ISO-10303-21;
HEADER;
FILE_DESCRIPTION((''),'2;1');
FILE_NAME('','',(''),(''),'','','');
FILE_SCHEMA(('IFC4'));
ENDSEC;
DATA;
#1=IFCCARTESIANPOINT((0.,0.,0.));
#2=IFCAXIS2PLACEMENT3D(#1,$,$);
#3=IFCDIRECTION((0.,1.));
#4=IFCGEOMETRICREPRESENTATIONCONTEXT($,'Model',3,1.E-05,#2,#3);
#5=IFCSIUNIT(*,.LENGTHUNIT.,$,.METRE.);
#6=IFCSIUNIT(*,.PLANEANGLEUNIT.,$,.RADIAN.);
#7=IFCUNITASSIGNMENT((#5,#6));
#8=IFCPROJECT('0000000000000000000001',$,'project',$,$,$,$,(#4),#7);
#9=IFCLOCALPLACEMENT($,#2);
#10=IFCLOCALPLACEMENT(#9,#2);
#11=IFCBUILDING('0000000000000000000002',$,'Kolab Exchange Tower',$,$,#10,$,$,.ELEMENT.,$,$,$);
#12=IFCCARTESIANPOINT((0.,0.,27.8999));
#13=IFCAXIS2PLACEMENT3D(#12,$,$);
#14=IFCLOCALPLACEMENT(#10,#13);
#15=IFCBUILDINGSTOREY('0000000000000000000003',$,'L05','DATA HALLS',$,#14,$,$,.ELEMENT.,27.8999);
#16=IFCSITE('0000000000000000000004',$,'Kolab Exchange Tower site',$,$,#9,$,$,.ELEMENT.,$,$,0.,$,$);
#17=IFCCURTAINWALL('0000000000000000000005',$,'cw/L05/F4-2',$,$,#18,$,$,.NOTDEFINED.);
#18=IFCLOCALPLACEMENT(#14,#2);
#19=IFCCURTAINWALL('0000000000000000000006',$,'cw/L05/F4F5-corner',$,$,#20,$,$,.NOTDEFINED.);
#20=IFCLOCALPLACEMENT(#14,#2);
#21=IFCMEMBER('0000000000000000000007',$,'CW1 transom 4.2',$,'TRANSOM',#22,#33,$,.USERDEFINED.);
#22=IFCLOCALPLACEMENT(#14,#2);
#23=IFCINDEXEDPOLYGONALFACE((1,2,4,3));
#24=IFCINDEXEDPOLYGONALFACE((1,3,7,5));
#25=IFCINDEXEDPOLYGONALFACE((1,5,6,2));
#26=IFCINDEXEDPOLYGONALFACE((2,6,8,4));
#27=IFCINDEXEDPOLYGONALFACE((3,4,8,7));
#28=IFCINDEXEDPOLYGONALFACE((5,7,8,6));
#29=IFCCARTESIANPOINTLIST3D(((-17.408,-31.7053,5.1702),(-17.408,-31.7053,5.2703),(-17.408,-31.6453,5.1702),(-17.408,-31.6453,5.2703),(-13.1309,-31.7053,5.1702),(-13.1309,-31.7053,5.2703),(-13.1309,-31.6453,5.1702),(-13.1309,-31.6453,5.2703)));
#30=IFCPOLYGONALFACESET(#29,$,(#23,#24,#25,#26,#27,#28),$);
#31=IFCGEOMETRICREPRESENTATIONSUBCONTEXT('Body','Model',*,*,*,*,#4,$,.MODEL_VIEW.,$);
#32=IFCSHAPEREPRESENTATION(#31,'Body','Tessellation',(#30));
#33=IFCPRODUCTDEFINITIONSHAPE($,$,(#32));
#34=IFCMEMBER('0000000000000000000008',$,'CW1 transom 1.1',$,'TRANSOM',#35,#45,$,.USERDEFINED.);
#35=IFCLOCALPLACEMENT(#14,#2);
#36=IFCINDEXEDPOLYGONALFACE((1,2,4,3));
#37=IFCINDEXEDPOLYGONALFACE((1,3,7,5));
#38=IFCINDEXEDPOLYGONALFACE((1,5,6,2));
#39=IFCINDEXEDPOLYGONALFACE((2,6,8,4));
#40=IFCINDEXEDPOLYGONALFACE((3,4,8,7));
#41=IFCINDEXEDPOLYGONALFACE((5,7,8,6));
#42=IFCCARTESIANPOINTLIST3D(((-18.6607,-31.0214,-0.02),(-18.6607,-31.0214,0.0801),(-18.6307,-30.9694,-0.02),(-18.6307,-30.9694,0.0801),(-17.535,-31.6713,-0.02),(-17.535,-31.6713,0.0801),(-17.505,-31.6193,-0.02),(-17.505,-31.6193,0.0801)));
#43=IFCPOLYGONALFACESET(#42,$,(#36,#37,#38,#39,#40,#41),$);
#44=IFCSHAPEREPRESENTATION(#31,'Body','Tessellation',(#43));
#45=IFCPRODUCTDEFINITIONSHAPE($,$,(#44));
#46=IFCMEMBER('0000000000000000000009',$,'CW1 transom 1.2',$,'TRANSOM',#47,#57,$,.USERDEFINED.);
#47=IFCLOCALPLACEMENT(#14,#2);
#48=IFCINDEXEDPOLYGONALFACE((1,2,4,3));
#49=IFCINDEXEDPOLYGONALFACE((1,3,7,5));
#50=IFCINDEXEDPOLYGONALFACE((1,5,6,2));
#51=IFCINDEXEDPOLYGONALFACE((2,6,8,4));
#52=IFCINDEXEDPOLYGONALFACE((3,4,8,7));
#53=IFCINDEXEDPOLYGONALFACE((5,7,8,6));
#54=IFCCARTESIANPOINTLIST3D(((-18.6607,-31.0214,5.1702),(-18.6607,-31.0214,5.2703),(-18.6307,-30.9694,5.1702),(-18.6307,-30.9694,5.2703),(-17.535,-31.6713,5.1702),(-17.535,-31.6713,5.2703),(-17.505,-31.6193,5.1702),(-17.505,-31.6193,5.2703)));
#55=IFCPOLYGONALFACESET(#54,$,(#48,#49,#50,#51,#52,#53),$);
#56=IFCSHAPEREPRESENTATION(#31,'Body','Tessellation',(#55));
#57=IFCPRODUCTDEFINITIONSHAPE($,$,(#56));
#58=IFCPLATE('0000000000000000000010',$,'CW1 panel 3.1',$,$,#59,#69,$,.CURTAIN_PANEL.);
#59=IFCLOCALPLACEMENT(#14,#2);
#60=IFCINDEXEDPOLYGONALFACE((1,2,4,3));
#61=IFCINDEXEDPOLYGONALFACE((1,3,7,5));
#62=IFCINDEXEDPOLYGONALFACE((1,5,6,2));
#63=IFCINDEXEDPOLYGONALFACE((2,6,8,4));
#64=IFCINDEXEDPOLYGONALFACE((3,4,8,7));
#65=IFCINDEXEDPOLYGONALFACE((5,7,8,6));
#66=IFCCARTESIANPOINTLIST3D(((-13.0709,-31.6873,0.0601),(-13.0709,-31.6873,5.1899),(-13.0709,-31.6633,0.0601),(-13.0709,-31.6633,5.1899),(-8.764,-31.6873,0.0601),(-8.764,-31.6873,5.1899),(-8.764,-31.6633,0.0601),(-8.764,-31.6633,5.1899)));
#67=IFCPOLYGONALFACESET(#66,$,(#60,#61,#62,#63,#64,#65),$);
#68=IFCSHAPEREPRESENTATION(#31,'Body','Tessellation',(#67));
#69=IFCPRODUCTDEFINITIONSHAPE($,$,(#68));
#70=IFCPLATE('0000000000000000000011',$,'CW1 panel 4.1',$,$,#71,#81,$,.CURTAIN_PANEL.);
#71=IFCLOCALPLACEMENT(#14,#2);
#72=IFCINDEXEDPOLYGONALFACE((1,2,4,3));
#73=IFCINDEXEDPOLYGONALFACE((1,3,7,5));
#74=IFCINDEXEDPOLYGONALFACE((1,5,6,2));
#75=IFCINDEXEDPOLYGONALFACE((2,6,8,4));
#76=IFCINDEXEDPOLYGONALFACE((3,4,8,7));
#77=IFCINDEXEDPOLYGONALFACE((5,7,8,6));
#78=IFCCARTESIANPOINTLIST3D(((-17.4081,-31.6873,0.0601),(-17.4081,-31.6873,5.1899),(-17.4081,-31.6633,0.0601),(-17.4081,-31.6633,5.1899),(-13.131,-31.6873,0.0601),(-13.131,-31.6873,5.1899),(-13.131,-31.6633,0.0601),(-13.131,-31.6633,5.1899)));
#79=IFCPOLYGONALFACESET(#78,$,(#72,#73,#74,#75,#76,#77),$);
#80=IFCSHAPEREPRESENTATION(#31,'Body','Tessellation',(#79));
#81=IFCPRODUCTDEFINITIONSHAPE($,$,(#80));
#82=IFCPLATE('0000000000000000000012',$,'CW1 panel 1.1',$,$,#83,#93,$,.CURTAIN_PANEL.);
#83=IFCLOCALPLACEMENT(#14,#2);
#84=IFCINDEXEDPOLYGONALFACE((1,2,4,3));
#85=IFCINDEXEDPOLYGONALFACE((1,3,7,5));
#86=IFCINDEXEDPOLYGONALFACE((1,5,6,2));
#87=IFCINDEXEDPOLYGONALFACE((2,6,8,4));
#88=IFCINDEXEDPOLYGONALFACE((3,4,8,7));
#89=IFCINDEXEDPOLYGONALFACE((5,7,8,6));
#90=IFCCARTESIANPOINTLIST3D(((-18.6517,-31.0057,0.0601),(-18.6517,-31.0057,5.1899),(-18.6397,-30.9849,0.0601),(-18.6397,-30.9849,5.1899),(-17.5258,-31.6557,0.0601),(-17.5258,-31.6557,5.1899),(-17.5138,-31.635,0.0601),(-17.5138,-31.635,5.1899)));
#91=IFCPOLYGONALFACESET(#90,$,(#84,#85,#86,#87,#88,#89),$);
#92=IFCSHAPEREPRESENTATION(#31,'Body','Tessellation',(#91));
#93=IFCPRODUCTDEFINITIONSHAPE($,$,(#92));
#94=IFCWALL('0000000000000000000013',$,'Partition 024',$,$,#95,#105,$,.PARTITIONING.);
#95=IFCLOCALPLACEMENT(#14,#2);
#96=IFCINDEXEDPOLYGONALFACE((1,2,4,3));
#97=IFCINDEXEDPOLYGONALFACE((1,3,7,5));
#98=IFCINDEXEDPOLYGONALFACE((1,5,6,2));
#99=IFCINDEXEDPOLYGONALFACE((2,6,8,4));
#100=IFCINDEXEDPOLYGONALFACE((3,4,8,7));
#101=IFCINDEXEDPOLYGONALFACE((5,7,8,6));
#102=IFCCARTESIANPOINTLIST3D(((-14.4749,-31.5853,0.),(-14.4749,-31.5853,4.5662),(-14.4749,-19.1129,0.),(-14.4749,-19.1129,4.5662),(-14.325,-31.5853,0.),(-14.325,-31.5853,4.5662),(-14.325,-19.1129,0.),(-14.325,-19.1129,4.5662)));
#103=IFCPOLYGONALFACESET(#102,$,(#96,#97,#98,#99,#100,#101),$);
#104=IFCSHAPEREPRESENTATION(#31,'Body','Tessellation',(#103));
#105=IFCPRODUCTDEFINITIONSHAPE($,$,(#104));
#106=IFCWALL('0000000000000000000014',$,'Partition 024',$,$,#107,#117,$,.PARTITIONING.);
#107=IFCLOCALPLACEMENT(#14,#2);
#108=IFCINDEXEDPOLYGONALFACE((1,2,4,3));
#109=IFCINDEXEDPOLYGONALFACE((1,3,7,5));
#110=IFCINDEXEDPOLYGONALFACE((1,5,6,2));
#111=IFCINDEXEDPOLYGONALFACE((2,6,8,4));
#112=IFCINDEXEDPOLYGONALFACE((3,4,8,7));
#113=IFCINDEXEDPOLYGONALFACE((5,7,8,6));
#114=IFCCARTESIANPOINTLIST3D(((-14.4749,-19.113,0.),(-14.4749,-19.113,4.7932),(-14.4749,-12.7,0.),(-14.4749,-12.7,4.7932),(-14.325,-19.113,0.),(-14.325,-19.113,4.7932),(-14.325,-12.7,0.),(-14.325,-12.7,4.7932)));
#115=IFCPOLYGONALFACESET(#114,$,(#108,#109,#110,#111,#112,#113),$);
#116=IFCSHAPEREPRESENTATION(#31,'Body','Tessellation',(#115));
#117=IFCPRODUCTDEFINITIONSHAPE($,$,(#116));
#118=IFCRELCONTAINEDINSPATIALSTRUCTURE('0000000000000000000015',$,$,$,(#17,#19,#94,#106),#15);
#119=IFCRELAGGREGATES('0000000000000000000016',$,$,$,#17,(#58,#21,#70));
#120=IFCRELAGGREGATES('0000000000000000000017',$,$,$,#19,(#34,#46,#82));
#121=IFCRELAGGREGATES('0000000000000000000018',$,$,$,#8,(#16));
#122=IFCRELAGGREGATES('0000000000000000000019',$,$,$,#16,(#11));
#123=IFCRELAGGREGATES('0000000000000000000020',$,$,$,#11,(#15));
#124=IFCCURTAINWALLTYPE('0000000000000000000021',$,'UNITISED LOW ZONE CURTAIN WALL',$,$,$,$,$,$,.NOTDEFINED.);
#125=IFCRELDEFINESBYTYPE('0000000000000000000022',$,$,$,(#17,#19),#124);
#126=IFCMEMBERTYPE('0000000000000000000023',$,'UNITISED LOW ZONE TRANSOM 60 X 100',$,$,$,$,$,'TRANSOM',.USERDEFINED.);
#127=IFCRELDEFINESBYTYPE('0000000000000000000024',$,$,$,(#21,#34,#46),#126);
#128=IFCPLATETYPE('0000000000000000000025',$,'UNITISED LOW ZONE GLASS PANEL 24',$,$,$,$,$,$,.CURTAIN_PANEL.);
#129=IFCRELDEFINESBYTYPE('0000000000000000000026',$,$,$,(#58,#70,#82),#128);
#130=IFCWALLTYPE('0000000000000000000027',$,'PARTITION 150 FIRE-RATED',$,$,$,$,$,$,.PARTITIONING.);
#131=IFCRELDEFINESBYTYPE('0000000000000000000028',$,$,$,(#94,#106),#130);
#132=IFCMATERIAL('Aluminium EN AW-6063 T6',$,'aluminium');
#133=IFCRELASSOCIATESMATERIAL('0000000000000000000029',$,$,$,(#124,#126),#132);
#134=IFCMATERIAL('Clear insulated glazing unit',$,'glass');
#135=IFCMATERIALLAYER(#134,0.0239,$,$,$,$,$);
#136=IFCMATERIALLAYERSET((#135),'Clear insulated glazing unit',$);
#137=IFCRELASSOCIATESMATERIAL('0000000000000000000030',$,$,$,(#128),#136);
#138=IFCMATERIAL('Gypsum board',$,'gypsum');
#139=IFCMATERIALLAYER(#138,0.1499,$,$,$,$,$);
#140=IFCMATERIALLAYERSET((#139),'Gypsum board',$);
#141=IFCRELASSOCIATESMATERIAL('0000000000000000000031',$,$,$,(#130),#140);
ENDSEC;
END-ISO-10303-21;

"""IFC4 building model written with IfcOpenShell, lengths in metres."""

from ifc_helpers import new_model, si_unit, direction, frame, frame_2d, origin, origin_2d, place, context, subcontext, project, spatial, rectangle, extrude, material, layer, layer_set, material_profile, profile_set, type_object, element, aggregate, save


model = new_model("IFC4")

# Units and contexts
model_context = context("Model", 3, precision=1e-05, world=origin(), true_north=direction((0.0, 1.0)))
body_context = subcontext(model_context, "Body", "Model", "MODEL_VIEW")
ifc_project = project(units=[si_unit("LENGTHUNIT", "METRE"), si_unit("PLANEANGLEUNIT", "RADIAN")], contexts=[model_context])

# Site, building, storey
site_placement = place(None, origin())
site = spatial("IfcSite", under=ifc_project, at=site_placement, Name="Kolab Exchange Tower site", CompositionType="ELEMENT", RefElevation=0.0)
building_placement = place(site_placement, origin())
building = spatial("IfcBuilding", under=site, at=building_placement, Name="Kolab Exchange Tower", CompositionType="ELEMENT")
storey_placement = place(building_placement, frame((0.0, 0.0, 27.8999)))
storey = spatial("IfcBuildingStorey", under=building, at=storey_placement, Name="L05", Description="DATA HALLS", CompositionType="ELEMENT", Elevation=27.8999)

# Curtain wall
ifc_material_1 = material(Name="Aluminium EN AW-6063 T6", Category="aluminium")
curtain_wall_type = type_object("IfcCurtainWallType", Name="UNITISED LOW ZONE CURTAIN WALL", PredefinedType="NOTDEFINED", material=ifc_material_1)
curtain_wall_1_placement = place(storey_placement, origin())
curtain_wall_1 = element("IfcCurtainWall", 1, at=curtain_wall_1_placement, inside=storey, type_object=curtain_wall_type, Name="cw/L05/F4-2", PredefinedType="NOTDEFINED")

# Curtain wall
curtain_wall_2_placement = place(storey_placement, origin())
curtain_wall_2 = element("IfcCurtainWall", 2, at=curtain_wall_2_placement, inside=storey, type_object=curtain_wall_type, Name="cw/L05/F4F5-corner", PredefinedType="NOTDEFINED")

# Members
ifc_material_profile_1 = material_profile(ifc_material_1, rectangle(XDim=0.0601, YDim=0.1001, at=origin_2d()), Name="RECT 60X100")
ifc_profile_set_1 = profile_set([ifc_material_profile_1], Name="Aluminium EN AW-6063 T6")
member_type_1 = type_object("IfcMemberType", Name="UNITISED LOW ZONE TRANSOM 60 X 100", ElementType="TRANSOM", PredefinedType="USERDEFINED", material=ifc_profile_set_1)
member_1_placement = place(storey_placement, frame((-13.1309, -31.6753, 5.2202), z_axis=(-1.0, 0.0, 0.0), x_axis=(0.0, -1.0, 0.0)))
member_1 = element("IfcMember", 3, at=member_1_placement, type_object=member_type_1, Name="CW1 transom 4.2", ObjectType="TRANSOM", PredefinedType="USERDEFINED", context=body_context, shape_type="SweptSolid", body=[
    extrude(rectangle(XDim=0.0601, YDim=0.1001, at=origin_2d()), origin(), (0.0, 0.0, 1.0), 4.2771),
])
member_2_placement = place(storey_placement, frame((-17.52, -31.6453, 0.03), z_axis=(-0.866039, 0.499977, 0.0), x_axis=(-0.499977, -0.866039, 0.0)))
member_2 = element("IfcMember", 4, at=member_2_placement, type_object=member_type_1, Name="CW1 transom 1.1", ObjectType="TRANSOM", PredefinedType="USERDEFINED", context=body_context, shape_type="SweptSolid", body=[
    extrude(rectangle(XDim=0.0601, YDim=0.1001, at=origin_2d()), origin(), (0.0, 0.0, 1.0), 1.2998),
])
member_3_placement = place(storey_placement, frame((-17.52, -31.6453, 5.2202), z_axis=(-0.866039, 0.499977, 0.0), x_axis=(-0.499977, -0.866039, 0.0)))
member_3 = element("IfcMember", 5, at=member_3_placement, type_object=member_type_1, Name="CW1 transom 1.2", ObjectType="TRANSOM", PredefinedType="USERDEFINED", context=body_context, shape_type="SweptSolid", body=[
    extrude(rectangle(XDim=0.0601, YDim=0.1001, at=origin_2d()), origin(), (0.0, 0.0, 1.0), 1.2998),
])

# Plates
ifc_material_2 = material(Name="Clear insulated glazing unit", Category="glass")
ifc_layer_1 = layer(ifc_material_2, 0.0239)
ifc_layer_set_1 = layer_set([ifc_layer_1], Name="Clear insulated glazing unit")
plate_type = type_object("IfcPlateType", Name="UNITISED LOW ZONE GLASS PANEL 24", PredefinedType="CURTAIN_PANEL", material=ifc_layer_set_1)
plate_1_placement = place(storey_placement, frame((-10.9175, -31.6753, 0.0601), z_axis=(0.0, 0.0, 1.0), x_axis=(-1.0, 0.0, 0.0)))
plate_1 = element("IfcPlate", 6, at=plate_1_placement, type_object=plate_type, Name="CW1 panel 3.1", PredefinedType="CURTAIN_PANEL", context=body_context, shape_type="SweptSolid", body=[
    extrude(rectangle(XDim=4.3069, YDim=0.0239, at=origin_2d()), origin(), (0.0, 0.0, 1.0), 5.1299),
])
plate_2_placement = place(storey_placement, frame((-15.2695, -31.6753, 0.0601), z_axis=(0.0, 0.0, 1.0), x_axis=(-1.0, 0.0, 0.0)))
plate_2 = element("IfcPlate", 7, at=plate_2_placement, type_object=plate_type, Name="CW1 panel 4.1", PredefinedType="CURTAIN_PANEL", context=body_context, shape_type="SweptSolid", body=[
    extrude(rectangle(XDim=4.2771, YDim=0.0239, at=origin_2d()), origin(), (0.0, 0.0, 1.0), 5.1299),
])
aggregate(curtain_wall_1, [plate_1, member_1, plate_2])
plate_3_placement = place(storey_placement, frame((-18.0828, -31.3203, 0.0601), z_axis=(0.0, 0.0, 1.0), x_axis=(-0.866025, 0.5, 0.0)))
plate_3 = element("IfcPlate", 8, at=plate_3_placement, type_object=plate_type, Name="CW1 panel 1.1", PredefinedType="CURTAIN_PANEL", context=body_context, shape_type="SweptSolid", body=[
    extrude(rectangle(XDim=1.3, YDim=0.0239, at=origin_2d()), origin(), (0.0, 0.0, 1.0), 5.1299),
])
aggregate(curtain_wall_2, [member_2, member_3, plate_3])

# Walls
ifc_material_3 = material(Name="Gypsum board", Category="gypsum")
ifc_layer_2 = layer(ifc_material_3, 0.1499)
ifc_layer_set_2 = layer_set([ifc_layer_2], Name="Gypsum board")
wall_type = type_object("IfcWallType", Name="PARTITION 150 FIRE-RATED", PredefinedType="PARTITIONING", material=ifc_layer_set_2)
wall_1_placement = place(storey_placement, frame((-14.3999, -31.5854, 0.0), z_axis=(0.0, 0.0, 1.0), x_axis=(0.0, 1.0, 0.0)))
element("IfcWall", 9, at=wall_1_placement, inside=storey, type_object=wall_type, Name="Partition 024", PredefinedType="PARTITIONING", context=body_context, shape_type="SweptSolid", body=[
    extrude(rectangle(XDim=12.4724, YDim=0.1499, at=frame_2d((6.2363, 0.0))), origin(), (0.0, 0.0, 1.0), 4.5662),
])
wall_2_placement = place(storey_placement, frame((-14.3999, -19.113, 0.0), z_axis=(0.0, 0.0, 1.0), x_axis=(0.0, 1.0, 0.0)))
element("IfcWall", 10, at=wall_2_placement, inside=storey, type_object=wall_type, Name="Partition 024", PredefinedType="PARTITIONING", context=body_context, shape_type="SweptSolid", body=[
    extrude(rectangle(XDim=6.4131, YDim=0.1499, at=frame_2d((3.2065, 0.0))), origin(), (0.0, 0.0, 1.0), 4.7932),
])

save(model, "model.ifc")
